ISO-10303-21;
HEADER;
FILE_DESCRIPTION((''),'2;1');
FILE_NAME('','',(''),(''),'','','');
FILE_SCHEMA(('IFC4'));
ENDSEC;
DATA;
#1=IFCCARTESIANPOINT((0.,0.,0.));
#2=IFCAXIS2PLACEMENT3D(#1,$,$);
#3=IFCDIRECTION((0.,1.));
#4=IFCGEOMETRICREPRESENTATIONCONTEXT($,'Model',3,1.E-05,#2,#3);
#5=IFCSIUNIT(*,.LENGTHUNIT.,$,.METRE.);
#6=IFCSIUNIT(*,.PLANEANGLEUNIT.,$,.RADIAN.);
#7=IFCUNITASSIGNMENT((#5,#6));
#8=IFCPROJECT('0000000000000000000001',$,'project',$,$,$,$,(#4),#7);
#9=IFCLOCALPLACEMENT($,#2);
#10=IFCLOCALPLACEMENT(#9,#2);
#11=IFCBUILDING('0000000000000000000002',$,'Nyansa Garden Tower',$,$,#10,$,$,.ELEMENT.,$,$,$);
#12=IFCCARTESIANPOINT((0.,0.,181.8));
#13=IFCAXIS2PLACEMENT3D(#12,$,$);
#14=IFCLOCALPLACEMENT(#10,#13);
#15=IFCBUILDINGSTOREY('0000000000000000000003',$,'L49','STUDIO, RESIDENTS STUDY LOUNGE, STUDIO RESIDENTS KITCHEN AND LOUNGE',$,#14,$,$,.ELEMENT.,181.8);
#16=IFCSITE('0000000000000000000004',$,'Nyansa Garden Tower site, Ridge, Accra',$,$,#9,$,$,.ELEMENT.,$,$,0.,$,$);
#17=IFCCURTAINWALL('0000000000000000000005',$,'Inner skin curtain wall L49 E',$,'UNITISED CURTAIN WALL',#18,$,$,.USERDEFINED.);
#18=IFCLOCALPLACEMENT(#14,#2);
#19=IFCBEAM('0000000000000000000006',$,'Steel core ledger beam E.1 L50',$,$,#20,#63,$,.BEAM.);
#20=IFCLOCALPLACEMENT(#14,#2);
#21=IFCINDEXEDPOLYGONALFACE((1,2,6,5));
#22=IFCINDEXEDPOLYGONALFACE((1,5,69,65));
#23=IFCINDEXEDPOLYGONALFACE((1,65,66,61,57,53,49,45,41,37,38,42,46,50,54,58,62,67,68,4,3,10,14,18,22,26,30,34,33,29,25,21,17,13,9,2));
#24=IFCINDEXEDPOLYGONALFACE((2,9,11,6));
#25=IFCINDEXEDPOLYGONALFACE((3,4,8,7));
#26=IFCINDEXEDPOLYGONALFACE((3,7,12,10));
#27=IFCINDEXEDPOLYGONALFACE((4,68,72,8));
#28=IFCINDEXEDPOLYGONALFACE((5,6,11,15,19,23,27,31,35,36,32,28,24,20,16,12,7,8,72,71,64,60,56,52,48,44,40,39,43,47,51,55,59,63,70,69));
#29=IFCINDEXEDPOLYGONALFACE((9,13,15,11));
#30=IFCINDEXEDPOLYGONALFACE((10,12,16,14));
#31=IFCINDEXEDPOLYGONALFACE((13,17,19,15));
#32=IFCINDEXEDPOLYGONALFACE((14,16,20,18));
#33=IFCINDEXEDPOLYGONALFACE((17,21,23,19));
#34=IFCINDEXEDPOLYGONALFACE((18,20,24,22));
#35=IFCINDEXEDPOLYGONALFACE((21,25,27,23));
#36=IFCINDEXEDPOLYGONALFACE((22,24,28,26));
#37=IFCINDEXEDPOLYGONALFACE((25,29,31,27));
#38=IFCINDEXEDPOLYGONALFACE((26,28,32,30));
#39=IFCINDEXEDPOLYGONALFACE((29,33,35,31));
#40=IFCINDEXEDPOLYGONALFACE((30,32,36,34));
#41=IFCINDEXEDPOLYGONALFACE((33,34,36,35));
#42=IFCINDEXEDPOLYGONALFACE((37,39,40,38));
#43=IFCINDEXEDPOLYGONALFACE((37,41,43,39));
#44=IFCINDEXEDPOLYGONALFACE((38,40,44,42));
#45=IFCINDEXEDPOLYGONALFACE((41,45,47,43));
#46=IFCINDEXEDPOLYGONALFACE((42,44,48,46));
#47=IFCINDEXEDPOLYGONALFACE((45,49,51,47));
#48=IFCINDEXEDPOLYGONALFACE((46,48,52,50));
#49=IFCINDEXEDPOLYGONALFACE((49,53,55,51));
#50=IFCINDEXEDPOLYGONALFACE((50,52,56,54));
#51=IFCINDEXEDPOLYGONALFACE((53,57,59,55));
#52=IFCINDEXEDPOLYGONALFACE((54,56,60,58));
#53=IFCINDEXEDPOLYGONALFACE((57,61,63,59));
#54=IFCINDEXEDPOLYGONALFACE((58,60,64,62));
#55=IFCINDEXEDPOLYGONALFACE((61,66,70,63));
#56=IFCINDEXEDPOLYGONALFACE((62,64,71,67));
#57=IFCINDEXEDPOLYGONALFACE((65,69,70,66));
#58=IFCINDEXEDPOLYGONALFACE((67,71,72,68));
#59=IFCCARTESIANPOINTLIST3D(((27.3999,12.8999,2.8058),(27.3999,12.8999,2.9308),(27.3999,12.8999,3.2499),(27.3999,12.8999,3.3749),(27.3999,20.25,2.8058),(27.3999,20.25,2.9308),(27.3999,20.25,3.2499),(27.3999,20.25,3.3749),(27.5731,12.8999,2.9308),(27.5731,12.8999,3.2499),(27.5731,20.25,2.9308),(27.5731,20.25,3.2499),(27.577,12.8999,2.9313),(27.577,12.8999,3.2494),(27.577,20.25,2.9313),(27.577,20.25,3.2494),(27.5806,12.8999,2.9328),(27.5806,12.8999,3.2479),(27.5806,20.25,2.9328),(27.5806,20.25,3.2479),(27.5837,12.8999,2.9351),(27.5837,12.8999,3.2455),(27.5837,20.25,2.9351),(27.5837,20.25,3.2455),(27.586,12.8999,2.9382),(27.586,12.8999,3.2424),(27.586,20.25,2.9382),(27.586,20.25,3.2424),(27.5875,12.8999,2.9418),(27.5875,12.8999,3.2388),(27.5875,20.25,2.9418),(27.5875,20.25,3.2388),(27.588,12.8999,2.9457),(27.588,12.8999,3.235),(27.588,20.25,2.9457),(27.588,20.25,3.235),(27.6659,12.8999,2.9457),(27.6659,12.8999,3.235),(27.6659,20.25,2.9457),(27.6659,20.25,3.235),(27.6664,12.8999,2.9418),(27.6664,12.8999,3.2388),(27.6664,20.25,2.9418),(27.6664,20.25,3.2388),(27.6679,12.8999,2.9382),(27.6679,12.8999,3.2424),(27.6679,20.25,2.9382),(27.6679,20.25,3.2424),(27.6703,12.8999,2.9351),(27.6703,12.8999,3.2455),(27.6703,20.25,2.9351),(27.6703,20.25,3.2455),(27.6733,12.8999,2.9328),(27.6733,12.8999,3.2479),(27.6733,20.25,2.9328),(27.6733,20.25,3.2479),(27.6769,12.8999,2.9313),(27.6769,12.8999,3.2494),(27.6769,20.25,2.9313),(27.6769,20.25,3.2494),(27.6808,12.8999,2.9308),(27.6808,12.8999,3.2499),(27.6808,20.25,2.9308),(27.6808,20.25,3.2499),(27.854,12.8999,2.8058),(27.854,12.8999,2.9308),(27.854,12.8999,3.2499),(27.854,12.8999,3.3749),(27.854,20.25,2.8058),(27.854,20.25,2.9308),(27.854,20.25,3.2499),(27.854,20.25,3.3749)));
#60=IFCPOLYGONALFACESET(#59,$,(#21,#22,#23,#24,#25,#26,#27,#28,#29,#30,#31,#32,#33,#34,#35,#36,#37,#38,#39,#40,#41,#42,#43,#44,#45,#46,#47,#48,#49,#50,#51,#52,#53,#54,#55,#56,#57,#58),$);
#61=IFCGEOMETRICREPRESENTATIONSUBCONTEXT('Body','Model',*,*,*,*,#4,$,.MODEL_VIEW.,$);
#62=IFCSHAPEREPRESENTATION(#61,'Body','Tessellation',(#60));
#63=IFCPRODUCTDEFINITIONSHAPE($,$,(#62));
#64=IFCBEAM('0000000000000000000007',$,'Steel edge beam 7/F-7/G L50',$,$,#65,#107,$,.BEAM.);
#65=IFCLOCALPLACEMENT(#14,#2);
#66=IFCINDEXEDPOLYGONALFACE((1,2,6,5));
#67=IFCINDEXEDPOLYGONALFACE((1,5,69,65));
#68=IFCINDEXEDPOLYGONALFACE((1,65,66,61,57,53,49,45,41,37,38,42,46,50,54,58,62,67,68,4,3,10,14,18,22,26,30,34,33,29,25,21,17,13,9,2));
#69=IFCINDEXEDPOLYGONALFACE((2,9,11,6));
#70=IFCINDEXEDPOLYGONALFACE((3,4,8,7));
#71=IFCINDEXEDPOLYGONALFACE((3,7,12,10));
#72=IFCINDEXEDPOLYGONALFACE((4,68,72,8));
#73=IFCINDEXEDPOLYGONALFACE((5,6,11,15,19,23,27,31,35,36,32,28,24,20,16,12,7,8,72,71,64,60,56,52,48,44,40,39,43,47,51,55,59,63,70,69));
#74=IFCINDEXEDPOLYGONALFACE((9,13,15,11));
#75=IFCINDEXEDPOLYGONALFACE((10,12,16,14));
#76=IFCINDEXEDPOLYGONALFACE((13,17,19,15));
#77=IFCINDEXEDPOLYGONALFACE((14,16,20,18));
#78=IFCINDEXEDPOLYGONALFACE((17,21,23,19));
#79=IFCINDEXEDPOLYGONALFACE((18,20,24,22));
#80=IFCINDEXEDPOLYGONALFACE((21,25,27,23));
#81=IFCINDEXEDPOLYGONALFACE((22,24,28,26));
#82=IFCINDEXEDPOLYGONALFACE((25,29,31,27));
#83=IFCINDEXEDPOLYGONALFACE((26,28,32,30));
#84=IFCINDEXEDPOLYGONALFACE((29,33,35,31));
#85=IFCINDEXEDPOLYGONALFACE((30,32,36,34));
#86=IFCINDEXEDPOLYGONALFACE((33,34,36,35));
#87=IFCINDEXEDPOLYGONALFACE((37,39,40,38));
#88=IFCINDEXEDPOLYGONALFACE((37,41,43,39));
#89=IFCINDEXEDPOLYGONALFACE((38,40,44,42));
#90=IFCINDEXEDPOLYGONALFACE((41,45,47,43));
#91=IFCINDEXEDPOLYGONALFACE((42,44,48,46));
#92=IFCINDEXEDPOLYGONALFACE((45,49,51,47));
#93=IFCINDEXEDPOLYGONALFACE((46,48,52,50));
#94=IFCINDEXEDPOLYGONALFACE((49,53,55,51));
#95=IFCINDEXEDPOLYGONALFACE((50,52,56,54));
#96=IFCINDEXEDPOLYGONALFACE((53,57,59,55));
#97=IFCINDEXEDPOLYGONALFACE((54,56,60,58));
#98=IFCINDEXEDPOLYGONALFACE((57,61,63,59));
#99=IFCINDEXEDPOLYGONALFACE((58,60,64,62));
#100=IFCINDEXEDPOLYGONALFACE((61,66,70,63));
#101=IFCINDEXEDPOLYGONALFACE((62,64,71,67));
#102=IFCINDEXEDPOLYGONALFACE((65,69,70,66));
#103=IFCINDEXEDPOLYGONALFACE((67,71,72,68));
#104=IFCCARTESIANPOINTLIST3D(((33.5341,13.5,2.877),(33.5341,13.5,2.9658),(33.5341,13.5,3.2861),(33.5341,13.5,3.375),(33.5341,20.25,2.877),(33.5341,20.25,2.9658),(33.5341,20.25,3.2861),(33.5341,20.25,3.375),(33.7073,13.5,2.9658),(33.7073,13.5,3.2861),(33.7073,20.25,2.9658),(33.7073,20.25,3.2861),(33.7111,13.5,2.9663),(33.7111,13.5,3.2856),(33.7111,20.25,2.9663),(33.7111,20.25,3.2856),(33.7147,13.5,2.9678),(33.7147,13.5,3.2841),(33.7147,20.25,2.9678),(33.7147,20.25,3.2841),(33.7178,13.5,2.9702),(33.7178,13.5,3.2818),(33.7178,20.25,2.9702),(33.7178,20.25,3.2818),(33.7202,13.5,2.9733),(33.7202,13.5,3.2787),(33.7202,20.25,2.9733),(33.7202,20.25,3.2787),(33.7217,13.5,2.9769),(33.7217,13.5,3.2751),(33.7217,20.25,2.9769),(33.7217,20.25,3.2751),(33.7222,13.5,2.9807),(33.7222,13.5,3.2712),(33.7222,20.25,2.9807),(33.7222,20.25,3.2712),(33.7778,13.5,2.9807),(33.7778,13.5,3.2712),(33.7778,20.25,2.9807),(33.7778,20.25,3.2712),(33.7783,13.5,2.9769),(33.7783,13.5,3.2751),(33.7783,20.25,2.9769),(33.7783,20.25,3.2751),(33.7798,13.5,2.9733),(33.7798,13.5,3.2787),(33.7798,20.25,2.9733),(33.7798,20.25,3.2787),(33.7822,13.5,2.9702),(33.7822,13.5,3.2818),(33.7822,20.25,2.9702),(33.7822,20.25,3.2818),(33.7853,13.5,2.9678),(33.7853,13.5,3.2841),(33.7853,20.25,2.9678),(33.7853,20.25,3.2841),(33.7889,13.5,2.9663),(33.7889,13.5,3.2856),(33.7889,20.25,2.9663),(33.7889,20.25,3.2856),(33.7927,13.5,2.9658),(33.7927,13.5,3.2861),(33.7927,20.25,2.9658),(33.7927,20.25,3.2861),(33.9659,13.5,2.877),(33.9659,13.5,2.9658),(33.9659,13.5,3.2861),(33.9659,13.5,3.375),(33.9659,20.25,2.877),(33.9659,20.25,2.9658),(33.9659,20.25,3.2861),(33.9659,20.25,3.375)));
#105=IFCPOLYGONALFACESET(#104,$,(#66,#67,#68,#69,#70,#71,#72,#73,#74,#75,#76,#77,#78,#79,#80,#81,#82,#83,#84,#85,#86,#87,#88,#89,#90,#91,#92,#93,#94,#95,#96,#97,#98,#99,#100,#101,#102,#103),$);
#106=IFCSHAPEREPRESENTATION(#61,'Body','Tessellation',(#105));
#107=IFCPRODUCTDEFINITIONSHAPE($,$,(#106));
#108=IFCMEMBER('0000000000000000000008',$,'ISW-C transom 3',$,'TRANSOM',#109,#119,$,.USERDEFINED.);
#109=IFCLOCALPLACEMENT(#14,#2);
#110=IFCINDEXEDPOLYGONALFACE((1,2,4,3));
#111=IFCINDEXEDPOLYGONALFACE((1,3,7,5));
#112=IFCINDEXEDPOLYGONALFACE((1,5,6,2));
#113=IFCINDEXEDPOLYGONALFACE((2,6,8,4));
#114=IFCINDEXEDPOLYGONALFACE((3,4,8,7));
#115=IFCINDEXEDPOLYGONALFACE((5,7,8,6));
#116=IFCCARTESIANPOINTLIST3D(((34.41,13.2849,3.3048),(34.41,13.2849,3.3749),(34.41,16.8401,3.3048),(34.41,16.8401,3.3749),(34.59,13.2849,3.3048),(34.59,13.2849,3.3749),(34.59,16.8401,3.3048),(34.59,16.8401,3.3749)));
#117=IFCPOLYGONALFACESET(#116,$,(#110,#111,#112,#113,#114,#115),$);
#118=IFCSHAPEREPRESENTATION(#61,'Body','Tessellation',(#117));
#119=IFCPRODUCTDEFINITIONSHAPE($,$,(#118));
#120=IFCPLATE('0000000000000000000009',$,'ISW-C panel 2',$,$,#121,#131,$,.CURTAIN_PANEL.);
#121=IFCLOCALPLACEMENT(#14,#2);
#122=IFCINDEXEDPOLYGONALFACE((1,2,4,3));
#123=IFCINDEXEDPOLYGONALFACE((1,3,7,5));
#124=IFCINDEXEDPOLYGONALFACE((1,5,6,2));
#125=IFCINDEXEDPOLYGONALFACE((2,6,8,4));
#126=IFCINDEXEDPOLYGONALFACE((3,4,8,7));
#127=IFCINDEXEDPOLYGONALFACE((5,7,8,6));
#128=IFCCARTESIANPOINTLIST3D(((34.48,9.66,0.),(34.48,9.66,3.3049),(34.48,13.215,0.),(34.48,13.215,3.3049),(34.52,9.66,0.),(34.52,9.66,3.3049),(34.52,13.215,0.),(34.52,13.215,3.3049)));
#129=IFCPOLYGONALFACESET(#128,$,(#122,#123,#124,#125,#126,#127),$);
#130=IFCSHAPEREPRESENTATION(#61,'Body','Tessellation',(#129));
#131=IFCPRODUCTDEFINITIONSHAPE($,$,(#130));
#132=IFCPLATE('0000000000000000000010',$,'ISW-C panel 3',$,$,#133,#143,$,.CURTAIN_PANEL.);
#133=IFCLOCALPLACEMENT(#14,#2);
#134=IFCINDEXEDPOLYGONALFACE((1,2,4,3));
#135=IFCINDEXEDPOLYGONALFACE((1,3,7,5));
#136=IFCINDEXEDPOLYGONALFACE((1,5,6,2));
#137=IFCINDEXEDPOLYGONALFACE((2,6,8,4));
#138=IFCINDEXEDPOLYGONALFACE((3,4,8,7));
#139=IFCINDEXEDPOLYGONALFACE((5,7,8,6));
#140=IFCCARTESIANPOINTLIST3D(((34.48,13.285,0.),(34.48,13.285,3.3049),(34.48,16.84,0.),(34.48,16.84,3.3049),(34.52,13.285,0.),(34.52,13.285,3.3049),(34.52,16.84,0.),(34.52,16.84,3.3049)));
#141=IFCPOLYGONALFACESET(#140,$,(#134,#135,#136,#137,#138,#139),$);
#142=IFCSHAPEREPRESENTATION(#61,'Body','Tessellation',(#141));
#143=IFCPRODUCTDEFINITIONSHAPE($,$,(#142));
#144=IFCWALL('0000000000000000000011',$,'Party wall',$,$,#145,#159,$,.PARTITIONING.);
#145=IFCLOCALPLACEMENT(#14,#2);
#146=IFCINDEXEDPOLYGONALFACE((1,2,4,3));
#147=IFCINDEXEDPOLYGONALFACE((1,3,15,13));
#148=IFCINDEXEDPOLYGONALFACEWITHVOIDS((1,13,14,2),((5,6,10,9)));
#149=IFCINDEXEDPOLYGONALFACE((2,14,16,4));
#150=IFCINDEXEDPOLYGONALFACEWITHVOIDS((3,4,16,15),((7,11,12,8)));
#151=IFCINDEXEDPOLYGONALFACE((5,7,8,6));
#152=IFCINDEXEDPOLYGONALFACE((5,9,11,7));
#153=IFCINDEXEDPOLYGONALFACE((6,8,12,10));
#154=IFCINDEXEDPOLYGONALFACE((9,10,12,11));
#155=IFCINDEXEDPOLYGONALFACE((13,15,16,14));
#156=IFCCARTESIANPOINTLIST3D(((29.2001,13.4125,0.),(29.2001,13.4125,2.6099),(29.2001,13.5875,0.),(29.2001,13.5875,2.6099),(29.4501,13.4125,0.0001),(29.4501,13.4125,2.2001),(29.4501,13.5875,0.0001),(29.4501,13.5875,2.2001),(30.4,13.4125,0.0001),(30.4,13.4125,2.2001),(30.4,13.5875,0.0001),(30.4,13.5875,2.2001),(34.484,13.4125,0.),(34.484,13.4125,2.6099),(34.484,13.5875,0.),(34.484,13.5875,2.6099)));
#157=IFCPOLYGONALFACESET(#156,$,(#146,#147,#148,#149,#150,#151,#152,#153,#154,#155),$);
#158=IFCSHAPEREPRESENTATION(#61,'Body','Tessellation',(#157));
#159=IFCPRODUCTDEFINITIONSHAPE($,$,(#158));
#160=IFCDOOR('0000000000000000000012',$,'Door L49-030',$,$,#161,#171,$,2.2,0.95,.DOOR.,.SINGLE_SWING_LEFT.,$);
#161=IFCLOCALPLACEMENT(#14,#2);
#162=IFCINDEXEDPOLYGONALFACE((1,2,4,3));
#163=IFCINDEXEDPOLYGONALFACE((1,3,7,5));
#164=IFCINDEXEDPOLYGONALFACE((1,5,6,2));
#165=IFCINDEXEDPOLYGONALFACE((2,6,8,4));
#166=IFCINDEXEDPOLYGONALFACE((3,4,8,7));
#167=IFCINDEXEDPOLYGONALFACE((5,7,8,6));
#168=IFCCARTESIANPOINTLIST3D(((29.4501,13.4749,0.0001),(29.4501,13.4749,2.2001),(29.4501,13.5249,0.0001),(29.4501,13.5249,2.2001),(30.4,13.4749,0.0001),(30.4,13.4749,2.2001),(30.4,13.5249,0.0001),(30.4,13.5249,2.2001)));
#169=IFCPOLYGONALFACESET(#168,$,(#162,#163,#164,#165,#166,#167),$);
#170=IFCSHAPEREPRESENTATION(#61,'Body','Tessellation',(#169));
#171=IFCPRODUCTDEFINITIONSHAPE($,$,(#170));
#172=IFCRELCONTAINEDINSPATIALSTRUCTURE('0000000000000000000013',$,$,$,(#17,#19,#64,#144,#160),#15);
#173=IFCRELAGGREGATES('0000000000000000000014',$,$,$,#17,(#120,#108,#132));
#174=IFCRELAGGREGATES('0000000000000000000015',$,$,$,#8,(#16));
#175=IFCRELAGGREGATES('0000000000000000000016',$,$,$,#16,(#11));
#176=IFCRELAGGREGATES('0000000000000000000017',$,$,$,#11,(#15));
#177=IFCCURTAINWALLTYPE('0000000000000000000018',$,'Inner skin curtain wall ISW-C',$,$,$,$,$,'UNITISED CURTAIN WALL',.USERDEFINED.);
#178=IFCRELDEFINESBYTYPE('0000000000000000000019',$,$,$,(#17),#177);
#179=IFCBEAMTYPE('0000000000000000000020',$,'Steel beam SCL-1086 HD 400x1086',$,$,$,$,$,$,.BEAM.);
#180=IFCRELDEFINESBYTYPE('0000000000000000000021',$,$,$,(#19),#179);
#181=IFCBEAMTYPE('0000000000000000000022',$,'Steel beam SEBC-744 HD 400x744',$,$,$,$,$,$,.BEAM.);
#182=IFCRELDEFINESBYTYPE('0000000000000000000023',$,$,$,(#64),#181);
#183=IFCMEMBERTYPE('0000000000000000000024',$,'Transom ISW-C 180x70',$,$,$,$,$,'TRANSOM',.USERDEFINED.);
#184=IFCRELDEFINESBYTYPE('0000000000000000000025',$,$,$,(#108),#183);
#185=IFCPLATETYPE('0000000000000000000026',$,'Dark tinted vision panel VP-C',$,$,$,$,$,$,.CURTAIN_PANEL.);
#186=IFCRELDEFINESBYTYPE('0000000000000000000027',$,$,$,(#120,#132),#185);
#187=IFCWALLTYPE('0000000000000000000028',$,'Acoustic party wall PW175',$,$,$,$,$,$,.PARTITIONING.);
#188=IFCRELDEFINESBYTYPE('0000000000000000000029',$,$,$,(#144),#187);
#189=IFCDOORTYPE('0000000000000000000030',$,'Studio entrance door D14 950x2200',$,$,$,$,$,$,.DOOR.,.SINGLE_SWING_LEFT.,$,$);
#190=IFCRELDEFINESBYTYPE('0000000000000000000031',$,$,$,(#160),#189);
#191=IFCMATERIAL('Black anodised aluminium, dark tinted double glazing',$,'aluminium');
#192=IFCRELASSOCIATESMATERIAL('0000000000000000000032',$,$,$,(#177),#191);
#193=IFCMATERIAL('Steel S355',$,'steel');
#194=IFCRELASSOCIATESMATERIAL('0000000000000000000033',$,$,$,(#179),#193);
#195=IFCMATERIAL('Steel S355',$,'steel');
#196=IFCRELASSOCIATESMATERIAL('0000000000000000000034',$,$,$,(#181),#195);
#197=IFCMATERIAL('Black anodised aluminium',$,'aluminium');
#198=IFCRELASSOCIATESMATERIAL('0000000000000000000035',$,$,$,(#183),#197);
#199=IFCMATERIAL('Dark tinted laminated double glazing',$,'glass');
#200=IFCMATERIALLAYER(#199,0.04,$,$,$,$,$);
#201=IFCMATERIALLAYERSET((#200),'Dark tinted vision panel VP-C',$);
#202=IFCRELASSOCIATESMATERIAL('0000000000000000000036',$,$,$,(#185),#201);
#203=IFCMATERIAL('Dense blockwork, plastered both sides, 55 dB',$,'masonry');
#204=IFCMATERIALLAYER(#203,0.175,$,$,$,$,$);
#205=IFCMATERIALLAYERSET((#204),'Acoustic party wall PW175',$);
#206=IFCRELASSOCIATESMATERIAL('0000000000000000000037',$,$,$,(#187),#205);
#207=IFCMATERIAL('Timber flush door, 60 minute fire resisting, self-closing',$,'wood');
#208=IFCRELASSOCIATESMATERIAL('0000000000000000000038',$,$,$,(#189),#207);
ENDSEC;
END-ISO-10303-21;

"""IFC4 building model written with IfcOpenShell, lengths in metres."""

from ifc_helpers import new_model, si_unit, direction, frame, frame_2d, origin, origin_2d, place, context, subcontext, project, spatial, rectangle, i_section, extrude, material, layer, layer_set, material_profile, profile_set, type_object, element, fill, aggregate, save


model = new_model("IFC4")

# Units and contexts
model_context = context("Model", 3, precision=1e-05, world=origin(), true_north=direction((0.0, 1.0)))
body_context = subcontext(model_context, "Body", "Model", "MODEL_VIEW")
ifc_project = project(units=[si_unit("LENGTHUNIT", "METRE"), si_unit("PLANEANGLEUNIT", "RADIAN")], contexts=[model_context])

# Site, building, storey
site_placement = place(None, origin())
site = spatial("IfcSite", under=ifc_project, at=site_placement, Name="Nyansa Garden Tower site, Ridge, Accra", CompositionType="ELEMENT", RefElevation=0.0)
building_placement = place(site_placement, origin())
building = spatial("IfcBuilding", under=site, at=building_placement, Name="Nyansa Garden Tower", CompositionType="ELEMENT")
storey_placement = place(building_placement, frame((0.0, 0.0, 181.8)))
storey = spatial("IfcBuildingStorey", under=building, at=storey_placement, Name="L49", Description="STUDIO, RESIDENTS STUDY LOUNGE, STUDIO RESIDENTS KITCHEN AND LOUNGE", CompositionType="ELEMENT", Elevation=181.8)

# Curtain wall
ifc_material_1 = material(Name="Black anodised aluminium, dark tinted double glazing", Category="aluminium")
curtain_wall_type = type_object("IfcCurtainWallType", Name="Inner skin curtain wall ISW-C", ElementType="UNITISED CURTAIN WALL", PredefinedType="USERDEFINED", material=ifc_material_1)
curtain_wall_placement = place(storey_placement, origin())
curtain_wall = element("IfcCurtainWall", 1, at=curtain_wall_placement, inside=storey, type_object=curtain_wall_type, Name="Inner skin curtain wall L49 E", ObjectType="UNITISED CURTAIN WALL", PredefinedType="USERDEFINED")

# Beams
ifc_material_2 = material(Name="Steel S355", Category="steel")
ifc_material_profile_1 = material_profile(ifc_material_2, i_section(OverallWidth=0.4541, OverallDepth=0.5691, WebThickness=0.0779, FlangeThickness=0.125, FilletRadius=0.0149, at=origin_2d()), Name="HD 400x1086")
ifc_profile_set_1 = profile_set([ifc_material_profile_1], Name="Steel S355")
beam_type_1 = type_object("IfcBeamType", Name="Steel beam SCL-1086 HD 400x1086", PredefinedType="BEAM", material=ifc_profile_set_1)
beam_1_placement = place(storey_placement, frame((27.627, 12.8999, 3.0903), z_axis=(0.0, 1.0, 0.0), x_axis=(-1.0, 0.0, 0.0)))
element("IfcBeam", 2, at=beam_1_placement, inside=storey, type_object=beam_type_1, Name="Steel core ledger beam E.1 L50", PredefinedType="BEAM", context=body_context, shape_type="SweptSolid", body=[
    extrude(i_section(OverallWidth=0.4541, OverallDepth=0.5691, WebThickness=0.0779, FlangeThickness=0.125, FilletRadius=0.0149, at=origin_2d()), origin(), (0.0, 0.0, 1.0), 7.3501),
])
ifc_material_3 = material(Name="Steel S355", Category="steel")
ifc_material_profile_2 = material_profile(ifc_material_3, i_section(OverallWidth=0.4319, OverallDepth=0.498, WebThickness=0.0557, FlangeThickness=0.0889, FilletRadius=0.0149, at=origin_2d()), Name="HD 400x744")
ifc_profile_set_2 = profile_set([ifc_material_profile_2], Name="Steel S355")
beam_type_2 = type_object("IfcBeamType", Name="Steel beam SEBC-744 HD 400x744", PredefinedType="BEAM", material=ifc_profile_set_2)
beam_2_placement = place(storey_placement, frame((33.75, 13.5, 3.126), z_axis=(0.0, 1.0, 0.0), x_axis=(-1.0, 0.0, 0.0)))
element("IfcBeam", 3, at=beam_2_placement, inside=storey, type_object=beam_type_2, Name="Steel edge beam 7/F-7/G L50", PredefinedType="BEAM", context=body_context, shape_type="SweptSolid", body=[
    extrude(i_section(OverallWidth=0.4319, OverallDepth=0.498, WebThickness=0.0557, FlangeThickness=0.0889, FilletRadius=0.0149, at=origin_2d()), origin(), (0.0, 0.0, 1.0), 6.75),
])

# Member
ifc_material_4 = material(Name="Black anodised aluminium", Category="aluminium")
ifc_material_profile_3 = material_profile(ifc_material_4, rectangle(XDim=0.1799, YDim=0.0701, at=origin_2d()), Name="Transom 180x70")
ifc_profile_set_3 = profile_set([ifc_material_profile_3], Name="Black anodised aluminium")
member_type_1 = type_object("IfcMemberType", Name="Transom ISW-C 180x70", ElementType="TRANSOM", PredefinedType="USERDEFINED", material=ifc_profile_set_3)
member_1_placement = place(storey_placement, frame((34.5, 13.2849, 3.3398), z_axis=(0.0, 1.0, 0.0), x_axis=(-1.0, 0.0, 0.0)))
member_1 = element("IfcMember", 4, at=member_1_placement, type_object=member_type_1, Name="ISW-C transom 3", ObjectType="TRANSOM", PredefinedType="USERDEFINED", context=body_context, shape_type="SweptSolid", body=[
    extrude(rectangle(XDim=0.1799, YDim=0.0701, at=origin_2d()), origin(), (0.0, 0.0, 1.0), 3.5552),
])

# Plates
ifc_material_5 = material(Name="Dark tinted laminated double glazing", Category="glass")
ifc_layer_1 = layer(ifc_material_5, 0.04)
ifc_layer_set_1 = layer_set([ifc_layer_1], Name="Dark tinted vision panel VP-C")
plate_type = type_object("IfcPlateType", Name="Dark tinted vision panel VP-C", PredefinedType="CURTAIN_PANEL", material=ifc_layer_set_1)
plate_1_placement = place(storey_placement, frame((34.5, 11.4375, 0.0), z_axis=(0.0, 0.0, 1.0), x_axis=(0.0, 1.0, 0.0)))
plate_1 = element("IfcPlate", 5, at=plate_1_placement, type_object=plate_type, Name="ISW-C panel 2", PredefinedType="CURTAIN_PANEL", context=body_context, shape_type="SweptSolid", body=[
    extrude(rectangle(XDim=3.5549, YDim=0.04, at=origin_2d()), origin(), (0.0, 0.0, 1.0), 3.3049),
])
plate_2_placement = place(storey_placement, frame((34.5, 15.0625, 0.0), z_axis=(0.0, 0.0, 1.0), x_axis=(0.0, 1.0, 0.0)))
plate_2 = element("IfcPlate", 6, at=plate_2_placement, type_object=plate_type, Name="ISW-C panel 3", PredefinedType="CURTAIN_PANEL", context=body_context, shape_type="SweptSolid", body=[
    extrude(rectangle(XDim=3.5549, YDim=0.04, at=origin_2d()), origin(), (0.0, 0.0, 1.0), 3.3049),
])
aggregate(curtain_wall, [plate_1, member_1, plate_2])

# Wall, opening, door
ifc_material_6 = material(Name="Dense blockwork, plastered both sides, 55 dB", Category="masonry")
ifc_layer_2 = layer(ifc_material_6, 0.175)
ifc_layer_set_2 = layer_set([ifc_layer_2], Name="Acoustic party wall PW175")
wall_type_1 = type_object("IfcWallType", Name="Acoustic party wall PW175", PredefinedType="PARTITIONING", material=ifc_layer_set_2)
wall_1_placement = place(storey_placement, frame((29.2, 13.5, 0.0), z_axis=(0.0, 0.0, 1.0), x_axis=(1.0, 0.0, 0.0)))
wall_1 = element("IfcWall", 7, at=wall_1_placement, inside=storey, type_object=wall_type_1, Name="Party wall", PredefinedType="PARTITIONING", context=body_context, shape_type="SweptSolid", body=[
    extrude(rectangle(XDim=5.2839, YDim=0.175, at=frame_2d((2.6421, 0.0))), origin(), (0.0, 0.0, 1.0), 2.6099),
])
opening_1_placement = place(wall_1_placement, frame((0.25, 0.0, 0.0)))
opening_1 = element("IfcOpeningElement", 8, at=opening_1_placement, cuts=wall_1, PredefinedType="OPENING", context=body_context, shape_type="SweptSolid", body=[
    extrude(rectangle(XDim=0.95, YDim=2.2, at=frame_2d((0.4751, 1.1001))), frame((0.0, 0.0974, 0.0), z_axis=(0.0, -1.0, 0.0), x_axis=(1.0, 0.0, 0.0)), (0.0, 0.0, 1.0), 0.1951),
])
ifc_material_7 = material(Name="Timber flush door, 60 minute fire resisting, self-closing", Category="wood")
door_type_1 = type_object("IfcDoorType", Name="Studio entrance door D14 950x2200", OperationType="SINGLE_SWING_LEFT", PredefinedType="DOOR", material=ifc_material_7)
door_1_placement = place(opening_1_placement, origin())
door_1 = element("IfcDoor", 9, at=door_1_placement, inside=storey, type_object=door_type_1, Name="Door L49-030", OperationType="SINGLE_SWING_LEFT", OverallHeight=2.2, OverallWidth=0.95, PredefinedType="DOOR", context=body_context, shape_type="SweptSolid", body=[
    extrude(rectangle(XDim=0.95, YDim=2.2, at=frame_2d((0.4751, 1.1001))), frame((0.0, 0.0249, 0.0), z_axis=(0.0, -1.0, 0.0), x_axis=(1.0, 0.0, 0.0)), (0.0, 0.0, 1.0), 0.05),
])
fill(opening_1, door_1)

save(model, "model.ifc")
